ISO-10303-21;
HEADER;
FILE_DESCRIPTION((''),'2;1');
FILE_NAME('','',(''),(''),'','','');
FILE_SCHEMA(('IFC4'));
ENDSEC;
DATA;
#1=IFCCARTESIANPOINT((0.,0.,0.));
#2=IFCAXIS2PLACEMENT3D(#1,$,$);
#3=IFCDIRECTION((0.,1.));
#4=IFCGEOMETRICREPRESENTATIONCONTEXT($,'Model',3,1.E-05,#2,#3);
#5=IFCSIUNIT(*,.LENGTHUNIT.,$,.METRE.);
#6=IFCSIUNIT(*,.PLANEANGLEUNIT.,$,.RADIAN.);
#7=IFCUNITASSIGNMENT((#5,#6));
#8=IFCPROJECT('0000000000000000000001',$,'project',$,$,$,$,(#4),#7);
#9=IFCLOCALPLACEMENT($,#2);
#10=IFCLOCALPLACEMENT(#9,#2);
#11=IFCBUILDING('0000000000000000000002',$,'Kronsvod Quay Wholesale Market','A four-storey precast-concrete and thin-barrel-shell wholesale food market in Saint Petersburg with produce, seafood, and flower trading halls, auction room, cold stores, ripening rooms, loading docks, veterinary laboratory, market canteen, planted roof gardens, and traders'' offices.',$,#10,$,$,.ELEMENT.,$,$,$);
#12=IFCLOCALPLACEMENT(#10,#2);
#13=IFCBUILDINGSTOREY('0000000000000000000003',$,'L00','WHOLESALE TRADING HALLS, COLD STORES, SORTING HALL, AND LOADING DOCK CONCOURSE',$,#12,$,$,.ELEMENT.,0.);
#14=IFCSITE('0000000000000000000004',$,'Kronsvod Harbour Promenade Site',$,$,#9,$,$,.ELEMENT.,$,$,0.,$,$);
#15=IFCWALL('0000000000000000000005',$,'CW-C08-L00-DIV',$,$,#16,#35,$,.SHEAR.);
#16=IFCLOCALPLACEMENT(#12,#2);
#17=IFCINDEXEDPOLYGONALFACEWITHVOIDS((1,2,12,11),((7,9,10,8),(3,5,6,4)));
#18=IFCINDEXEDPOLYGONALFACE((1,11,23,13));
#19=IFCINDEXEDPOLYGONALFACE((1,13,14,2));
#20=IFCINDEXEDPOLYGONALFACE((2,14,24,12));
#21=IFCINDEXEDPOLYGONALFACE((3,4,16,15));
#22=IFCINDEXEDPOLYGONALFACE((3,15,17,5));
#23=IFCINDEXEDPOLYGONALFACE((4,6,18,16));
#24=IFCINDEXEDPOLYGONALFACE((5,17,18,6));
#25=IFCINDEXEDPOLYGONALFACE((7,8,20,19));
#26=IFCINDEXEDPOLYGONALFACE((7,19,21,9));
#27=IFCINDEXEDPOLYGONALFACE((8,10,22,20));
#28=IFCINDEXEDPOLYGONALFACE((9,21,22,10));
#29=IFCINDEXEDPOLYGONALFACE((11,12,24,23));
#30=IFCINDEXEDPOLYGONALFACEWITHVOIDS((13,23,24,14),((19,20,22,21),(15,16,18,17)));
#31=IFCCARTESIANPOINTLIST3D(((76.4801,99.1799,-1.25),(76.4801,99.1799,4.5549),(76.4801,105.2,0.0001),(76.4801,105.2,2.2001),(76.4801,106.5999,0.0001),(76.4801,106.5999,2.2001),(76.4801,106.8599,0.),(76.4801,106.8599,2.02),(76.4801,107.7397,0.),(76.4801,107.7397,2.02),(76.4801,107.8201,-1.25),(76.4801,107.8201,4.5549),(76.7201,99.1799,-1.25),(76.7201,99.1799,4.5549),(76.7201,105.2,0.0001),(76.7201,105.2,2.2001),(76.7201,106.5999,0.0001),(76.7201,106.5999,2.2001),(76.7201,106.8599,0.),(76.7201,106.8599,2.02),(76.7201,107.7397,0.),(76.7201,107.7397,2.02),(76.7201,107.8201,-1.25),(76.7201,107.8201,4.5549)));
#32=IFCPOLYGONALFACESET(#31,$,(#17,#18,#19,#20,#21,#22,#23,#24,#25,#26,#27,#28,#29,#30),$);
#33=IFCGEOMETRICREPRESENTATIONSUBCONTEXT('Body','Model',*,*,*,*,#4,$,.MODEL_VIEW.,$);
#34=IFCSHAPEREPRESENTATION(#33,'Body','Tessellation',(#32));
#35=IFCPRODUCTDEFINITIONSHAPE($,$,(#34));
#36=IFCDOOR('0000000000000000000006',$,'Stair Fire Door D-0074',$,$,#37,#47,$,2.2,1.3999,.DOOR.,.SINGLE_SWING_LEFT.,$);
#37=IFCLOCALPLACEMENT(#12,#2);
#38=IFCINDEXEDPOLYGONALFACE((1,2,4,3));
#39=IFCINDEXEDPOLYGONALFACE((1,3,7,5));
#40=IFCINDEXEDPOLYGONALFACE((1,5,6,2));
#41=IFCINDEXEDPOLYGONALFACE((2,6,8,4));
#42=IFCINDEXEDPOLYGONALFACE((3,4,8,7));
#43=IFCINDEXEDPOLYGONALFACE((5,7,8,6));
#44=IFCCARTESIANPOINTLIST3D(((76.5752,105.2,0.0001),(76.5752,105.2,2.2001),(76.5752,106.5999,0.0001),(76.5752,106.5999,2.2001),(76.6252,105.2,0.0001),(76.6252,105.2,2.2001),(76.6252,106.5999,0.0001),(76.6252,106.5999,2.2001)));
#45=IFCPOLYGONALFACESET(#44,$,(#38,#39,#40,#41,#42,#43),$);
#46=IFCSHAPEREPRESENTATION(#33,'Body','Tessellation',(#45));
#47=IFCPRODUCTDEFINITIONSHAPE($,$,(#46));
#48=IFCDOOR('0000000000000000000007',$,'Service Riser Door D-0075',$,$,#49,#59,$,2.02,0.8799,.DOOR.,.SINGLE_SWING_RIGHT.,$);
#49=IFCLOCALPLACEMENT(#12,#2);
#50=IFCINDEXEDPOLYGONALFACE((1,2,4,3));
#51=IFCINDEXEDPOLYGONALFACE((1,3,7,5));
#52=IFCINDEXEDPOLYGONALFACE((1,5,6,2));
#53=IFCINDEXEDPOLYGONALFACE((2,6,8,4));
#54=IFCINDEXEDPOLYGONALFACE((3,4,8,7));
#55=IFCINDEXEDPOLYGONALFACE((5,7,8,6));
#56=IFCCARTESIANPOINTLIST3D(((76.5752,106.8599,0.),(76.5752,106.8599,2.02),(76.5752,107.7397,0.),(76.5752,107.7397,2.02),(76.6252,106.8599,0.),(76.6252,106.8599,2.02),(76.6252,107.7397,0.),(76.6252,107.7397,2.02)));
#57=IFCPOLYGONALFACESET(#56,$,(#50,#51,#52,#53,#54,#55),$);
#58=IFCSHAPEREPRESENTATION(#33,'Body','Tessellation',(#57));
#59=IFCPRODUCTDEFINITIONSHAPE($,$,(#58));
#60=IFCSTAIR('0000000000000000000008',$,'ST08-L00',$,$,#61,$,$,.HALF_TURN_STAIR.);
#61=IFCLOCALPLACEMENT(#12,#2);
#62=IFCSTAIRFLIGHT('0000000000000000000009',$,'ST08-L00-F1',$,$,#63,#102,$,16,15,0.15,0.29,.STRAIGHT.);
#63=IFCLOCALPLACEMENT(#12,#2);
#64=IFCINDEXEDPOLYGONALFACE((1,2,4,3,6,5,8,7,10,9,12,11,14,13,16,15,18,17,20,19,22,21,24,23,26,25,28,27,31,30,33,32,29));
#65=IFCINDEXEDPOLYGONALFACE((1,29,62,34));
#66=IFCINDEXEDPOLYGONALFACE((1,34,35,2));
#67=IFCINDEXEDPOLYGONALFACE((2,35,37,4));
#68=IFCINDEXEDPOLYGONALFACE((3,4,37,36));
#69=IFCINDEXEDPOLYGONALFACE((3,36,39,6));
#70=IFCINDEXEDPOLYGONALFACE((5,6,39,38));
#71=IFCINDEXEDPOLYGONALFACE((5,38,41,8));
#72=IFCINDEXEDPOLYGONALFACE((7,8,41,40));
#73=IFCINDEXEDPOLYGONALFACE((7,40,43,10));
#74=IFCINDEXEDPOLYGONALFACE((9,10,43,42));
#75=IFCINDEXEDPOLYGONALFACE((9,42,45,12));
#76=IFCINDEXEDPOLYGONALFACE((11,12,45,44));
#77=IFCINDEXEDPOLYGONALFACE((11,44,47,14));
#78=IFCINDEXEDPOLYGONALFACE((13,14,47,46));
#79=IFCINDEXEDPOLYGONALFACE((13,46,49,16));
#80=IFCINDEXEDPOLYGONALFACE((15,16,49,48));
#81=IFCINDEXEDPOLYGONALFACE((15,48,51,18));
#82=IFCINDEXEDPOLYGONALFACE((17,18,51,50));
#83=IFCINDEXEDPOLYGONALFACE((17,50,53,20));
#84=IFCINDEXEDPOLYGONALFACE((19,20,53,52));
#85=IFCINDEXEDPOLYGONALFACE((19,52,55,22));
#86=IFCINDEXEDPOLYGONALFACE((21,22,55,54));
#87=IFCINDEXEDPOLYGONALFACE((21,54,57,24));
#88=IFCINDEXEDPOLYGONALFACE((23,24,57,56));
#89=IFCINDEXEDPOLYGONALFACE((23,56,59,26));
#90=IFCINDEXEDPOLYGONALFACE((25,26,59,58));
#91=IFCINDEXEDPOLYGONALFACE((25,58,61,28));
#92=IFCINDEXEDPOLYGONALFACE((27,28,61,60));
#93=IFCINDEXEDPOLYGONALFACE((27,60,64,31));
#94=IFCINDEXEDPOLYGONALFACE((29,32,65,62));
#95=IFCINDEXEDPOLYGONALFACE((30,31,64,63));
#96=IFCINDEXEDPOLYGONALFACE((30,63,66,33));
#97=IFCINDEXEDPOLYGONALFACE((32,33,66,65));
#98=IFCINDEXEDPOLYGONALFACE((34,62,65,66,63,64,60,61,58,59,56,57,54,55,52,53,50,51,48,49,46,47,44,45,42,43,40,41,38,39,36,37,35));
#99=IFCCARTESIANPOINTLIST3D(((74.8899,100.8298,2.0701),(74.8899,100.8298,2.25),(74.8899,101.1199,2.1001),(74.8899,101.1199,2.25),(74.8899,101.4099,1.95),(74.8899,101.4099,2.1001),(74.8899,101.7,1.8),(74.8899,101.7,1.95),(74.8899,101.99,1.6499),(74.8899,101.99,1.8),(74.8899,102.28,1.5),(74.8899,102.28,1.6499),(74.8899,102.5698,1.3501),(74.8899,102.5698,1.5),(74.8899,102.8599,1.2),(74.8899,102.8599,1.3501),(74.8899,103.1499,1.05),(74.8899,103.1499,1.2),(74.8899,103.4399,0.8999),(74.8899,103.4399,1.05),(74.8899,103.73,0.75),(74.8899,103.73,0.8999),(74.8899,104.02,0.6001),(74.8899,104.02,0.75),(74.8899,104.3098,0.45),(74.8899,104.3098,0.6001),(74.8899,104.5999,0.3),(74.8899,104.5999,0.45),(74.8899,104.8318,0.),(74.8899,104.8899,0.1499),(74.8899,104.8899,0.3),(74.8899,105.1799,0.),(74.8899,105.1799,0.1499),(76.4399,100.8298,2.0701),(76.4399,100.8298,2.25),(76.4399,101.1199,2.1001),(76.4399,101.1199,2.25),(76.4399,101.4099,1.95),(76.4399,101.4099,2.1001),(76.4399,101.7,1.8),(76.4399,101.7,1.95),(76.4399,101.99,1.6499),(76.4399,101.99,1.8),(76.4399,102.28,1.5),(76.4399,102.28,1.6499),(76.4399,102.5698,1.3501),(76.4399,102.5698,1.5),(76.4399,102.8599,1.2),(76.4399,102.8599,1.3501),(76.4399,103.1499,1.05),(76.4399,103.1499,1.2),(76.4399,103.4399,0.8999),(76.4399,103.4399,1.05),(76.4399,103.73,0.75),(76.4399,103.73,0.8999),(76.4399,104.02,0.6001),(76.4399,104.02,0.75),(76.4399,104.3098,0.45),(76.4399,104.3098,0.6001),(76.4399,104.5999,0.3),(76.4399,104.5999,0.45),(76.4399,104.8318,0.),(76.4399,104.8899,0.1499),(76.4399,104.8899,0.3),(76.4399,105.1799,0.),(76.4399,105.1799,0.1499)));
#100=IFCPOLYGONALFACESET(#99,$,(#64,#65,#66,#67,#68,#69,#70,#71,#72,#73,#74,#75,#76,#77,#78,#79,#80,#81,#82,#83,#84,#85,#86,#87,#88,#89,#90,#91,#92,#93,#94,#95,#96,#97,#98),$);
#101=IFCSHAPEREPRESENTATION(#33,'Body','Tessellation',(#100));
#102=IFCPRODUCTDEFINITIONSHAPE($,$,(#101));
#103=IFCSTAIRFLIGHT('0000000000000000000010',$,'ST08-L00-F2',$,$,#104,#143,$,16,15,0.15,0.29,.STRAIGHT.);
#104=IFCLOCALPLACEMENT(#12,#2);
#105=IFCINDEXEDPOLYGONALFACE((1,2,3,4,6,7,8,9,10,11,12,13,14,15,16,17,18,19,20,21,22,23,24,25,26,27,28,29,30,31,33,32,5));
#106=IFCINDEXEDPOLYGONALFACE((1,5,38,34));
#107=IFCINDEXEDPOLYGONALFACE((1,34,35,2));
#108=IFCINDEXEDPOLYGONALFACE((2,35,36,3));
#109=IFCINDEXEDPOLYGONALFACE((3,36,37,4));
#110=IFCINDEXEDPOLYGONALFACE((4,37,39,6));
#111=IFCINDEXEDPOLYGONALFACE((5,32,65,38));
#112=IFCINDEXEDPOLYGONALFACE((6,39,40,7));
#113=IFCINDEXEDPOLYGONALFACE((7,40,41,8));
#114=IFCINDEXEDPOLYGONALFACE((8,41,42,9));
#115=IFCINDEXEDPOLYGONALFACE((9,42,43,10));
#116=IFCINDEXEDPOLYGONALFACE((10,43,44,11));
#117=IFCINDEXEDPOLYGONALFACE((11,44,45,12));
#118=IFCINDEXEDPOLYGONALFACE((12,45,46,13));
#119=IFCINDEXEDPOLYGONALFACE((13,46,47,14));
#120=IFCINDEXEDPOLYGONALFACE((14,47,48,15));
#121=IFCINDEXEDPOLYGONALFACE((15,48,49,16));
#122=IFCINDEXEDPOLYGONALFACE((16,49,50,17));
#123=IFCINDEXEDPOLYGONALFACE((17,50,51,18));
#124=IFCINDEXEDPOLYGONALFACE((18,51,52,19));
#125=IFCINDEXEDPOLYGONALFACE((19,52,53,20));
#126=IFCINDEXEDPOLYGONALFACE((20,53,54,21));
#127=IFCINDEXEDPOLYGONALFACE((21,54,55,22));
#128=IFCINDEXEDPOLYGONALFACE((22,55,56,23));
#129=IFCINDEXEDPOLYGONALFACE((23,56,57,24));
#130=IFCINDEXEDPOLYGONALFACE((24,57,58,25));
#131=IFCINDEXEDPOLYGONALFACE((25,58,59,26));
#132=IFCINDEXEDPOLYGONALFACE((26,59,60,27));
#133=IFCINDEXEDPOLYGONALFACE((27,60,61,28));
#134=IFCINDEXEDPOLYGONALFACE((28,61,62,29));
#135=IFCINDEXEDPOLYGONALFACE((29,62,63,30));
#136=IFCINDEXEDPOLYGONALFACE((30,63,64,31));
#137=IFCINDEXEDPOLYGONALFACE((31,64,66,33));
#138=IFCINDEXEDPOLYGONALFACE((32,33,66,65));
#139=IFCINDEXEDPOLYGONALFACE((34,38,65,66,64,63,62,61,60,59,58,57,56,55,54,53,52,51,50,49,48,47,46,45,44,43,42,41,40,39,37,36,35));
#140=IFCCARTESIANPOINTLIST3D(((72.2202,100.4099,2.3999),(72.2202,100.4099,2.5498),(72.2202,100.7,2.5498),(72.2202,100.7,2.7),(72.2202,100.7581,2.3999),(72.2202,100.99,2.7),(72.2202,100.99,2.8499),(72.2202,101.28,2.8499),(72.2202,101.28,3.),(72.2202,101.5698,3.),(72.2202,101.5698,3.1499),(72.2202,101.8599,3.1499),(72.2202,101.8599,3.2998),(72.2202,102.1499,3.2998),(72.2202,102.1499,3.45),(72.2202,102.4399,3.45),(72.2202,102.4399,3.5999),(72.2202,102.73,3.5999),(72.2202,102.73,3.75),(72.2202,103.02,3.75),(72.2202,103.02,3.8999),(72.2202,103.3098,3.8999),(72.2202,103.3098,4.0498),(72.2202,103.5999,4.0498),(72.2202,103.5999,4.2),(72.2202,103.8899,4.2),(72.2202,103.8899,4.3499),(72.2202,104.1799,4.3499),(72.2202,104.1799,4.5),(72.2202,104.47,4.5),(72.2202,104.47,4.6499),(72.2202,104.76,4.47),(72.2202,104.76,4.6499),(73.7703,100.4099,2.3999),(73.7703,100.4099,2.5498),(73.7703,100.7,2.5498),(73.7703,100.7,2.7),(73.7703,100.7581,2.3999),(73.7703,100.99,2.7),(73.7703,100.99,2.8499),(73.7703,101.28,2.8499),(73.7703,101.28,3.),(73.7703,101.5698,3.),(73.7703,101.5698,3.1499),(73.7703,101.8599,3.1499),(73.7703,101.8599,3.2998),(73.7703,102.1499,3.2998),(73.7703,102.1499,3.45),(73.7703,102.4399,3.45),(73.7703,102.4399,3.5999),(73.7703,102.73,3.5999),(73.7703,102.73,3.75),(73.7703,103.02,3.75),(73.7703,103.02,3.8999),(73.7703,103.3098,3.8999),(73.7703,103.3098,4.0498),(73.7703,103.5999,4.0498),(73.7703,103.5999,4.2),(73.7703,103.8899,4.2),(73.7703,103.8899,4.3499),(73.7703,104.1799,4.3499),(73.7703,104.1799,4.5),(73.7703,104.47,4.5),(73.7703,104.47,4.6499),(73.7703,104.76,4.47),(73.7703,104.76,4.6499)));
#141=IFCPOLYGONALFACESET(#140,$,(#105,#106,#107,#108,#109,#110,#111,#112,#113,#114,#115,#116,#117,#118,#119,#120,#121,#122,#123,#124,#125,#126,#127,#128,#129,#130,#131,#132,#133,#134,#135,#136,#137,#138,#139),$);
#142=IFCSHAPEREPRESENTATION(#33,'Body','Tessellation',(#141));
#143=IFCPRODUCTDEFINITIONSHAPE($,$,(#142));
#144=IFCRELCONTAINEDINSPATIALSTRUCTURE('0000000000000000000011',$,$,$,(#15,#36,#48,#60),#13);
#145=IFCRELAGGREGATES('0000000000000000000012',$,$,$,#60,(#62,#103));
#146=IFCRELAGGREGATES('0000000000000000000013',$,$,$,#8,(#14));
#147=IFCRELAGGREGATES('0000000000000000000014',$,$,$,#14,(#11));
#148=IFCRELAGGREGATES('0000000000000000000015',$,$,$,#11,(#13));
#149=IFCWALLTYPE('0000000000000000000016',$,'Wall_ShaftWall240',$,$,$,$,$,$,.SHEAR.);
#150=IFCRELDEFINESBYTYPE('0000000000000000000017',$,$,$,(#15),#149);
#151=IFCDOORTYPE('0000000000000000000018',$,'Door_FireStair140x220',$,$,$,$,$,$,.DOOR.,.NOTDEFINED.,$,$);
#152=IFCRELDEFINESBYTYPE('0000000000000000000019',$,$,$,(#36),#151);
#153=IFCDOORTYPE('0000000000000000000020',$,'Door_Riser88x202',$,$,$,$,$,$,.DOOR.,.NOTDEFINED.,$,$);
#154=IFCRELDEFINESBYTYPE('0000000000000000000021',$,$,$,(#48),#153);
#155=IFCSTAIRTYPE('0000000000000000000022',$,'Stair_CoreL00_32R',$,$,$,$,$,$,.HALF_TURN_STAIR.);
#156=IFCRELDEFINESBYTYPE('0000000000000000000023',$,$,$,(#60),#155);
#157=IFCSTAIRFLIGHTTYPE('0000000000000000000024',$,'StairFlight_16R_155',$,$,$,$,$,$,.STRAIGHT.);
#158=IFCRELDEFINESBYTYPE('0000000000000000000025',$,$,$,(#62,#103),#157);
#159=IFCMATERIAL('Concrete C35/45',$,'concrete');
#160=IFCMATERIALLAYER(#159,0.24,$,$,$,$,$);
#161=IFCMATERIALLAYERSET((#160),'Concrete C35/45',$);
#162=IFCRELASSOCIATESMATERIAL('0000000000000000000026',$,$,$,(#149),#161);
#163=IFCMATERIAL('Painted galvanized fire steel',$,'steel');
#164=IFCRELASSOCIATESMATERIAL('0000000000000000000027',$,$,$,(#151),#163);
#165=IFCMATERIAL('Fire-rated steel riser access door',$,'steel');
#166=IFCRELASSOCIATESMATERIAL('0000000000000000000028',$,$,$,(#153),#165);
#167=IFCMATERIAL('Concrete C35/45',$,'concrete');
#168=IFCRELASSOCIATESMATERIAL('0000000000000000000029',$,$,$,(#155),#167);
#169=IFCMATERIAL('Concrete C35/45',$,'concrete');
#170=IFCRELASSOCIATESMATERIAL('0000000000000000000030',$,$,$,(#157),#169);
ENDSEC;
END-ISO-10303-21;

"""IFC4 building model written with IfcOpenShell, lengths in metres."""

from ifc_helpers import new_model, si_unit, direction, frame, frame_2d, origin, place, context, subcontext, project, spatial, polyline, rectangle, outline, extrude, material, layer, layer_set, type_object, element, fill, aggregate, save


model = new_model("IFC4")

# Units and contexts
model_context = context("Model", 3, precision=1e-05, world=origin(), true_north=direction((0.0, 1.0)))
body_context = subcontext(model_context, "Body", "Model", "MODEL_VIEW")
ifc_project = project(units=[si_unit("LENGTHUNIT", "METRE"), si_unit("PLANEANGLEUNIT", "RADIAN")], contexts=[model_context])

# Site, building, storey
site_placement = place(None, origin())
site = spatial("IfcSite", under=ifc_project, at=site_placement, Name="Kronsvod Harbour Promenade Site", CompositionType="ELEMENT", RefElevation=0.0)
building_placement = place(site_placement, origin())
building = spatial("IfcBuilding", under=site, at=building_placement, Name="Kronsvod Quay Wholesale Market", Description="A four-storey precast-concrete and thin-barrel-shell wholesale food market in Saint Petersburg with produce, seafood, and flower trading halls, auction room, cold stores, ripening rooms, loading docks, veterinary laboratory, market canteen, planted roof gardens, and traders' offices.", CompositionType="ELEMENT")
storey_placement = place(building_placement, origin())
storey = spatial("IfcBuildingStorey", under=building, at=storey_placement, Name="L00", Description="WHOLESALE TRADING HALLS, COLD STORES, SORTING HALL, AND LOADING DOCK CONCOURSE", CompositionType="ELEMENT", Elevation=0.0)

# Wall, openings, doors
ifc_material_1 = material(Name="Concrete C35/45", Category="concrete")
ifc_layer_1 = layer(ifc_material_1, 0.24)
ifc_layer_set_1 = layer_set([ifc_layer_1], Name="Concrete C35/45")
wall_type_1 = type_object("IfcWallType", Name="Wall_ShaftWall240", PredefinedType="SHEAR", material=ifc_layer_set_1)
wall_1_placement = place(storey_placement, frame((76.6001, 99.1799, -1.25), z_axis=(0.0, 0.0, 1.0), x_axis=(0.0, 1.0, 0.0)))
wall_1 = element("IfcWall", 1, at=wall_1_placement, inside=storey, type_object=wall_type_1, Name="CW-C08-L00-DIV", PredefinedType="SHEAR", context=body_context, shape_type="SweptSolid", body=[
    extrude(rectangle(XDim=8.6401, YDim=0.24, at=frame_2d((4.3201, 0.0))), origin(), (0.0, 0.0, 1.0), 5.8049),
])
opening_1_placement = place(wall_1_placement, frame((6.02, 0.0, 1.25)))
opening_1 = element("IfcOpeningElement", 2, at=opening_1_placement, cuts=wall_1, PredefinedType="OPENING", context=body_context, shape_type="SweptSolid", body=[
    extrude(rectangle(XDim=1.3999, YDim=2.2, at=frame_2d((0.7, 1.1001))), frame((0.0, 0.1299, 0.0), z_axis=(0.0, -1.0, 0.0), x_axis=(1.0, 0.0, 0.0)), (0.0, 0.0, 1.0), 0.26),
])
opening_2_placement = place(wall_1_placement, frame((7.6799, 0.0, 1.25)))
opening_2 = element("IfcOpeningElement", 3, at=opening_2_placement, cuts=wall_1, PredefinedType="OPENING", context=body_context, shape_type="SweptSolid", body=[
    extrude(rectangle(XDim=0.8799, YDim=2.02, at=frame_2d((0.4399, 1.01))), frame((0.0, 0.1299, 0.0), z_axis=(0.0, -1.0, 0.0), x_axis=(1.0, 0.0, 0.0)), (0.0, 0.0, 1.0), 0.26),
])
ifc_material_2 = material(Name="Painted galvanized fire steel", Category="steel")
door_type_1 = type_object("IfcDoorType", Name="Door_FireStair140x220", OperationType="NOTDEFINED", PredefinedType="DOOR", material=ifc_material_2)
door_1_placement = place(opening_1_placement, origin())
door_1 = element("IfcDoor", 4, at=door_1_placement, inside=storey, type_object=door_type_1, Name="Stair Fire Door D-0074", OperationType="SINGLE_SWING_LEFT", OverallHeight=2.2, OverallWidth=1.3999, PredefinedType="DOOR", context=body_context, shape_type="SweptSolid", body=[
    extrude(rectangle(XDim=1.3999, YDim=2.2, at=frame_2d((0.7, 1.1001))), frame((0.0, 0.0249, 0.0), z_axis=(0.0, -1.0, 0.0), x_axis=(1.0, 0.0, 0.0)), (0.0, 0.0, 1.0), 0.05),
])
fill(opening_1, door_1)
ifc_material_3 = material(Name="Fire-rated steel riser access door", Category="steel")
door_type_2 = type_object("IfcDoorType", Name="Door_Riser88x202", OperationType="NOTDEFINED", PredefinedType="DOOR", material=ifc_material_3)
door_2_placement = place(opening_2_placement, origin())
door_2 = element("IfcDoor", 5, at=door_2_placement, inside=storey, type_object=door_type_2, Name="Service Riser Door D-0075", OperationType="SINGLE_SWING_RIGHT", OverallHeight=2.02, OverallWidth=0.8799, PredefinedType="DOOR", context=body_context, shape_type="SweptSolid", body=[
    extrude(rectangle(XDim=0.8799, YDim=2.02, at=frame_2d((0.4399, 1.01))), frame((0.0, 0.0249, 0.0), z_axis=(0.0, -1.0, 0.0), x_axis=(1.0, 0.0, 0.0)), (0.0, 0.0, 1.0), 0.05),
])
fill(opening_2, door_2)

# Stair, stair flights
ifc_material_4 = material(Name="Concrete C35/45", Category="concrete")
stair_type = type_object("IfcStairType", Name="Stair_CoreL00_32R", PredefinedType="HALF_TURN_STAIR", material=ifc_material_4)
stair_placement = place(storey_placement, origin())
stair = element("IfcStair", 6, at=stair_placement, inside=storey, type_object=stair_type, Name="ST08-L00", PredefinedType="HALF_TURN_STAIR")
ifc_material_5 = material(Name="Concrete C35/45", Category="concrete")
stair_flight_type = type_object("IfcStairFlightType", Name="StairFlight_16R_155", PredefinedType="STRAIGHT", material=ifc_material_5)
stair_flight_1_placement = place(storey_placement, frame((75.665, 105.1799, 0.0), z_axis=(0.0, 0.0, 1.0), x_axis=(0.0, -1.0, 0.0)))
stair_flight_1 = element("IfcStairFlight", 7, at=stair_flight_1_placement, type_object=stair_flight_type, Name="ST08-L00-F1", NumberOfRisers=16, NumberOfTreads=15, PredefinedType="STRAIGHT", RiserHeight=0.15, TreadLength=0.29, context=body_context, shape_type="SweptSolid", body=[
    extrude(outline(polyline([(0.0, 0.0), (0.0, 0.1499), (0.29, 0.1499), (0.29, 0.3), (0.5801, 0.3), (0.5801, 0.45), (0.8701, 0.45), (0.8701, 0.6001), (1.1599, 0.6001), (1.1599, 0.75), (1.45, 0.75), (1.45, 0.8999), (1.74, 0.8999), (1.74, 1.05), (2.03, 1.05), (2.03, 1.2), (2.3201, 1.2), (2.3201, 1.3501), (2.6101, 1.3501), (2.6101, 1.5), (2.8999, 1.5), (2.8999, 1.6499), (3.1899, 1.6499), (3.1899, 1.8), (3.48, 1.8), (3.48, 1.95), (3.77, 1.95), (3.77, 2.1001), (4.0601, 2.1001), (4.0601, 2.25), (4.3501, 2.25), (4.3501, 2.3999), (4.3501, 2.0701), (0.3481, 0.0), (0.0, 0.0)])), frame((0.0, 0.7749, 0.0), z_axis=(0.0, -1.0, 0.0), x_axis=(1.0, 0.0, 0.0)), (0.0, 0.0, 1.0), 1.55),
])
stair_flight_2_placement = place(storey_placement, frame((72.9951, 100.4099, 2.3999), z_axis=(0.0, 0.0, 1.0), x_axis=(0.0, 1.0, 0.0)))
stair_flight_2 = element("IfcStairFlight", 8, at=stair_flight_2_placement, type_object=stair_flight_type, Name="ST08-L00-F2", NumberOfRisers=16, NumberOfTreads=15, PredefinedType="STRAIGHT", RiserHeight=0.15, TreadLength=0.29, context=body_context, shape_type="SweptSolid", body=[
    extrude(outline(polyline([(0.0, 0.0), (0.0, 0.1499), (0.29, 0.1499), (0.29, 0.3), (0.5801, 0.3), (0.5801, 0.45), (0.8701, 0.45), (0.8701, 0.6001), (1.1599, 0.6001), (1.1599, 0.75), (1.45, 0.75), (1.45, 0.8999), (1.74, 0.8999), (1.74, 1.05), (2.03, 1.05), (2.03, 1.2), (2.3201, 1.2), (2.3201, 1.3501), (2.6101, 1.3501), (2.6101, 1.5), (2.8999, 1.5), (2.8999, 1.6499), (3.1899, 1.6499), (3.1899, 1.8), (3.48, 1.8), (3.48, 1.95), (3.77, 1.95), (3.77, 2.1001), (4.0601, 2.1001), (4.0601, 2.25), (4.3501, 2.25), (4.3501, 2.3999), (4.3501, 2.0701), (0.3481, 0.0), (0.0, 0.0)])), frame((0.0, 0.7749, 0.0), z_axis=(0.0, -1.0, 0.0), x_axis=(1.0, 0.0, 0.0)), (0.0, 0.0, 1.0), 1.55),
])
aggregate(stair, [stair_flight_1, stair_flight_2])

save(model, "model.ifc")
